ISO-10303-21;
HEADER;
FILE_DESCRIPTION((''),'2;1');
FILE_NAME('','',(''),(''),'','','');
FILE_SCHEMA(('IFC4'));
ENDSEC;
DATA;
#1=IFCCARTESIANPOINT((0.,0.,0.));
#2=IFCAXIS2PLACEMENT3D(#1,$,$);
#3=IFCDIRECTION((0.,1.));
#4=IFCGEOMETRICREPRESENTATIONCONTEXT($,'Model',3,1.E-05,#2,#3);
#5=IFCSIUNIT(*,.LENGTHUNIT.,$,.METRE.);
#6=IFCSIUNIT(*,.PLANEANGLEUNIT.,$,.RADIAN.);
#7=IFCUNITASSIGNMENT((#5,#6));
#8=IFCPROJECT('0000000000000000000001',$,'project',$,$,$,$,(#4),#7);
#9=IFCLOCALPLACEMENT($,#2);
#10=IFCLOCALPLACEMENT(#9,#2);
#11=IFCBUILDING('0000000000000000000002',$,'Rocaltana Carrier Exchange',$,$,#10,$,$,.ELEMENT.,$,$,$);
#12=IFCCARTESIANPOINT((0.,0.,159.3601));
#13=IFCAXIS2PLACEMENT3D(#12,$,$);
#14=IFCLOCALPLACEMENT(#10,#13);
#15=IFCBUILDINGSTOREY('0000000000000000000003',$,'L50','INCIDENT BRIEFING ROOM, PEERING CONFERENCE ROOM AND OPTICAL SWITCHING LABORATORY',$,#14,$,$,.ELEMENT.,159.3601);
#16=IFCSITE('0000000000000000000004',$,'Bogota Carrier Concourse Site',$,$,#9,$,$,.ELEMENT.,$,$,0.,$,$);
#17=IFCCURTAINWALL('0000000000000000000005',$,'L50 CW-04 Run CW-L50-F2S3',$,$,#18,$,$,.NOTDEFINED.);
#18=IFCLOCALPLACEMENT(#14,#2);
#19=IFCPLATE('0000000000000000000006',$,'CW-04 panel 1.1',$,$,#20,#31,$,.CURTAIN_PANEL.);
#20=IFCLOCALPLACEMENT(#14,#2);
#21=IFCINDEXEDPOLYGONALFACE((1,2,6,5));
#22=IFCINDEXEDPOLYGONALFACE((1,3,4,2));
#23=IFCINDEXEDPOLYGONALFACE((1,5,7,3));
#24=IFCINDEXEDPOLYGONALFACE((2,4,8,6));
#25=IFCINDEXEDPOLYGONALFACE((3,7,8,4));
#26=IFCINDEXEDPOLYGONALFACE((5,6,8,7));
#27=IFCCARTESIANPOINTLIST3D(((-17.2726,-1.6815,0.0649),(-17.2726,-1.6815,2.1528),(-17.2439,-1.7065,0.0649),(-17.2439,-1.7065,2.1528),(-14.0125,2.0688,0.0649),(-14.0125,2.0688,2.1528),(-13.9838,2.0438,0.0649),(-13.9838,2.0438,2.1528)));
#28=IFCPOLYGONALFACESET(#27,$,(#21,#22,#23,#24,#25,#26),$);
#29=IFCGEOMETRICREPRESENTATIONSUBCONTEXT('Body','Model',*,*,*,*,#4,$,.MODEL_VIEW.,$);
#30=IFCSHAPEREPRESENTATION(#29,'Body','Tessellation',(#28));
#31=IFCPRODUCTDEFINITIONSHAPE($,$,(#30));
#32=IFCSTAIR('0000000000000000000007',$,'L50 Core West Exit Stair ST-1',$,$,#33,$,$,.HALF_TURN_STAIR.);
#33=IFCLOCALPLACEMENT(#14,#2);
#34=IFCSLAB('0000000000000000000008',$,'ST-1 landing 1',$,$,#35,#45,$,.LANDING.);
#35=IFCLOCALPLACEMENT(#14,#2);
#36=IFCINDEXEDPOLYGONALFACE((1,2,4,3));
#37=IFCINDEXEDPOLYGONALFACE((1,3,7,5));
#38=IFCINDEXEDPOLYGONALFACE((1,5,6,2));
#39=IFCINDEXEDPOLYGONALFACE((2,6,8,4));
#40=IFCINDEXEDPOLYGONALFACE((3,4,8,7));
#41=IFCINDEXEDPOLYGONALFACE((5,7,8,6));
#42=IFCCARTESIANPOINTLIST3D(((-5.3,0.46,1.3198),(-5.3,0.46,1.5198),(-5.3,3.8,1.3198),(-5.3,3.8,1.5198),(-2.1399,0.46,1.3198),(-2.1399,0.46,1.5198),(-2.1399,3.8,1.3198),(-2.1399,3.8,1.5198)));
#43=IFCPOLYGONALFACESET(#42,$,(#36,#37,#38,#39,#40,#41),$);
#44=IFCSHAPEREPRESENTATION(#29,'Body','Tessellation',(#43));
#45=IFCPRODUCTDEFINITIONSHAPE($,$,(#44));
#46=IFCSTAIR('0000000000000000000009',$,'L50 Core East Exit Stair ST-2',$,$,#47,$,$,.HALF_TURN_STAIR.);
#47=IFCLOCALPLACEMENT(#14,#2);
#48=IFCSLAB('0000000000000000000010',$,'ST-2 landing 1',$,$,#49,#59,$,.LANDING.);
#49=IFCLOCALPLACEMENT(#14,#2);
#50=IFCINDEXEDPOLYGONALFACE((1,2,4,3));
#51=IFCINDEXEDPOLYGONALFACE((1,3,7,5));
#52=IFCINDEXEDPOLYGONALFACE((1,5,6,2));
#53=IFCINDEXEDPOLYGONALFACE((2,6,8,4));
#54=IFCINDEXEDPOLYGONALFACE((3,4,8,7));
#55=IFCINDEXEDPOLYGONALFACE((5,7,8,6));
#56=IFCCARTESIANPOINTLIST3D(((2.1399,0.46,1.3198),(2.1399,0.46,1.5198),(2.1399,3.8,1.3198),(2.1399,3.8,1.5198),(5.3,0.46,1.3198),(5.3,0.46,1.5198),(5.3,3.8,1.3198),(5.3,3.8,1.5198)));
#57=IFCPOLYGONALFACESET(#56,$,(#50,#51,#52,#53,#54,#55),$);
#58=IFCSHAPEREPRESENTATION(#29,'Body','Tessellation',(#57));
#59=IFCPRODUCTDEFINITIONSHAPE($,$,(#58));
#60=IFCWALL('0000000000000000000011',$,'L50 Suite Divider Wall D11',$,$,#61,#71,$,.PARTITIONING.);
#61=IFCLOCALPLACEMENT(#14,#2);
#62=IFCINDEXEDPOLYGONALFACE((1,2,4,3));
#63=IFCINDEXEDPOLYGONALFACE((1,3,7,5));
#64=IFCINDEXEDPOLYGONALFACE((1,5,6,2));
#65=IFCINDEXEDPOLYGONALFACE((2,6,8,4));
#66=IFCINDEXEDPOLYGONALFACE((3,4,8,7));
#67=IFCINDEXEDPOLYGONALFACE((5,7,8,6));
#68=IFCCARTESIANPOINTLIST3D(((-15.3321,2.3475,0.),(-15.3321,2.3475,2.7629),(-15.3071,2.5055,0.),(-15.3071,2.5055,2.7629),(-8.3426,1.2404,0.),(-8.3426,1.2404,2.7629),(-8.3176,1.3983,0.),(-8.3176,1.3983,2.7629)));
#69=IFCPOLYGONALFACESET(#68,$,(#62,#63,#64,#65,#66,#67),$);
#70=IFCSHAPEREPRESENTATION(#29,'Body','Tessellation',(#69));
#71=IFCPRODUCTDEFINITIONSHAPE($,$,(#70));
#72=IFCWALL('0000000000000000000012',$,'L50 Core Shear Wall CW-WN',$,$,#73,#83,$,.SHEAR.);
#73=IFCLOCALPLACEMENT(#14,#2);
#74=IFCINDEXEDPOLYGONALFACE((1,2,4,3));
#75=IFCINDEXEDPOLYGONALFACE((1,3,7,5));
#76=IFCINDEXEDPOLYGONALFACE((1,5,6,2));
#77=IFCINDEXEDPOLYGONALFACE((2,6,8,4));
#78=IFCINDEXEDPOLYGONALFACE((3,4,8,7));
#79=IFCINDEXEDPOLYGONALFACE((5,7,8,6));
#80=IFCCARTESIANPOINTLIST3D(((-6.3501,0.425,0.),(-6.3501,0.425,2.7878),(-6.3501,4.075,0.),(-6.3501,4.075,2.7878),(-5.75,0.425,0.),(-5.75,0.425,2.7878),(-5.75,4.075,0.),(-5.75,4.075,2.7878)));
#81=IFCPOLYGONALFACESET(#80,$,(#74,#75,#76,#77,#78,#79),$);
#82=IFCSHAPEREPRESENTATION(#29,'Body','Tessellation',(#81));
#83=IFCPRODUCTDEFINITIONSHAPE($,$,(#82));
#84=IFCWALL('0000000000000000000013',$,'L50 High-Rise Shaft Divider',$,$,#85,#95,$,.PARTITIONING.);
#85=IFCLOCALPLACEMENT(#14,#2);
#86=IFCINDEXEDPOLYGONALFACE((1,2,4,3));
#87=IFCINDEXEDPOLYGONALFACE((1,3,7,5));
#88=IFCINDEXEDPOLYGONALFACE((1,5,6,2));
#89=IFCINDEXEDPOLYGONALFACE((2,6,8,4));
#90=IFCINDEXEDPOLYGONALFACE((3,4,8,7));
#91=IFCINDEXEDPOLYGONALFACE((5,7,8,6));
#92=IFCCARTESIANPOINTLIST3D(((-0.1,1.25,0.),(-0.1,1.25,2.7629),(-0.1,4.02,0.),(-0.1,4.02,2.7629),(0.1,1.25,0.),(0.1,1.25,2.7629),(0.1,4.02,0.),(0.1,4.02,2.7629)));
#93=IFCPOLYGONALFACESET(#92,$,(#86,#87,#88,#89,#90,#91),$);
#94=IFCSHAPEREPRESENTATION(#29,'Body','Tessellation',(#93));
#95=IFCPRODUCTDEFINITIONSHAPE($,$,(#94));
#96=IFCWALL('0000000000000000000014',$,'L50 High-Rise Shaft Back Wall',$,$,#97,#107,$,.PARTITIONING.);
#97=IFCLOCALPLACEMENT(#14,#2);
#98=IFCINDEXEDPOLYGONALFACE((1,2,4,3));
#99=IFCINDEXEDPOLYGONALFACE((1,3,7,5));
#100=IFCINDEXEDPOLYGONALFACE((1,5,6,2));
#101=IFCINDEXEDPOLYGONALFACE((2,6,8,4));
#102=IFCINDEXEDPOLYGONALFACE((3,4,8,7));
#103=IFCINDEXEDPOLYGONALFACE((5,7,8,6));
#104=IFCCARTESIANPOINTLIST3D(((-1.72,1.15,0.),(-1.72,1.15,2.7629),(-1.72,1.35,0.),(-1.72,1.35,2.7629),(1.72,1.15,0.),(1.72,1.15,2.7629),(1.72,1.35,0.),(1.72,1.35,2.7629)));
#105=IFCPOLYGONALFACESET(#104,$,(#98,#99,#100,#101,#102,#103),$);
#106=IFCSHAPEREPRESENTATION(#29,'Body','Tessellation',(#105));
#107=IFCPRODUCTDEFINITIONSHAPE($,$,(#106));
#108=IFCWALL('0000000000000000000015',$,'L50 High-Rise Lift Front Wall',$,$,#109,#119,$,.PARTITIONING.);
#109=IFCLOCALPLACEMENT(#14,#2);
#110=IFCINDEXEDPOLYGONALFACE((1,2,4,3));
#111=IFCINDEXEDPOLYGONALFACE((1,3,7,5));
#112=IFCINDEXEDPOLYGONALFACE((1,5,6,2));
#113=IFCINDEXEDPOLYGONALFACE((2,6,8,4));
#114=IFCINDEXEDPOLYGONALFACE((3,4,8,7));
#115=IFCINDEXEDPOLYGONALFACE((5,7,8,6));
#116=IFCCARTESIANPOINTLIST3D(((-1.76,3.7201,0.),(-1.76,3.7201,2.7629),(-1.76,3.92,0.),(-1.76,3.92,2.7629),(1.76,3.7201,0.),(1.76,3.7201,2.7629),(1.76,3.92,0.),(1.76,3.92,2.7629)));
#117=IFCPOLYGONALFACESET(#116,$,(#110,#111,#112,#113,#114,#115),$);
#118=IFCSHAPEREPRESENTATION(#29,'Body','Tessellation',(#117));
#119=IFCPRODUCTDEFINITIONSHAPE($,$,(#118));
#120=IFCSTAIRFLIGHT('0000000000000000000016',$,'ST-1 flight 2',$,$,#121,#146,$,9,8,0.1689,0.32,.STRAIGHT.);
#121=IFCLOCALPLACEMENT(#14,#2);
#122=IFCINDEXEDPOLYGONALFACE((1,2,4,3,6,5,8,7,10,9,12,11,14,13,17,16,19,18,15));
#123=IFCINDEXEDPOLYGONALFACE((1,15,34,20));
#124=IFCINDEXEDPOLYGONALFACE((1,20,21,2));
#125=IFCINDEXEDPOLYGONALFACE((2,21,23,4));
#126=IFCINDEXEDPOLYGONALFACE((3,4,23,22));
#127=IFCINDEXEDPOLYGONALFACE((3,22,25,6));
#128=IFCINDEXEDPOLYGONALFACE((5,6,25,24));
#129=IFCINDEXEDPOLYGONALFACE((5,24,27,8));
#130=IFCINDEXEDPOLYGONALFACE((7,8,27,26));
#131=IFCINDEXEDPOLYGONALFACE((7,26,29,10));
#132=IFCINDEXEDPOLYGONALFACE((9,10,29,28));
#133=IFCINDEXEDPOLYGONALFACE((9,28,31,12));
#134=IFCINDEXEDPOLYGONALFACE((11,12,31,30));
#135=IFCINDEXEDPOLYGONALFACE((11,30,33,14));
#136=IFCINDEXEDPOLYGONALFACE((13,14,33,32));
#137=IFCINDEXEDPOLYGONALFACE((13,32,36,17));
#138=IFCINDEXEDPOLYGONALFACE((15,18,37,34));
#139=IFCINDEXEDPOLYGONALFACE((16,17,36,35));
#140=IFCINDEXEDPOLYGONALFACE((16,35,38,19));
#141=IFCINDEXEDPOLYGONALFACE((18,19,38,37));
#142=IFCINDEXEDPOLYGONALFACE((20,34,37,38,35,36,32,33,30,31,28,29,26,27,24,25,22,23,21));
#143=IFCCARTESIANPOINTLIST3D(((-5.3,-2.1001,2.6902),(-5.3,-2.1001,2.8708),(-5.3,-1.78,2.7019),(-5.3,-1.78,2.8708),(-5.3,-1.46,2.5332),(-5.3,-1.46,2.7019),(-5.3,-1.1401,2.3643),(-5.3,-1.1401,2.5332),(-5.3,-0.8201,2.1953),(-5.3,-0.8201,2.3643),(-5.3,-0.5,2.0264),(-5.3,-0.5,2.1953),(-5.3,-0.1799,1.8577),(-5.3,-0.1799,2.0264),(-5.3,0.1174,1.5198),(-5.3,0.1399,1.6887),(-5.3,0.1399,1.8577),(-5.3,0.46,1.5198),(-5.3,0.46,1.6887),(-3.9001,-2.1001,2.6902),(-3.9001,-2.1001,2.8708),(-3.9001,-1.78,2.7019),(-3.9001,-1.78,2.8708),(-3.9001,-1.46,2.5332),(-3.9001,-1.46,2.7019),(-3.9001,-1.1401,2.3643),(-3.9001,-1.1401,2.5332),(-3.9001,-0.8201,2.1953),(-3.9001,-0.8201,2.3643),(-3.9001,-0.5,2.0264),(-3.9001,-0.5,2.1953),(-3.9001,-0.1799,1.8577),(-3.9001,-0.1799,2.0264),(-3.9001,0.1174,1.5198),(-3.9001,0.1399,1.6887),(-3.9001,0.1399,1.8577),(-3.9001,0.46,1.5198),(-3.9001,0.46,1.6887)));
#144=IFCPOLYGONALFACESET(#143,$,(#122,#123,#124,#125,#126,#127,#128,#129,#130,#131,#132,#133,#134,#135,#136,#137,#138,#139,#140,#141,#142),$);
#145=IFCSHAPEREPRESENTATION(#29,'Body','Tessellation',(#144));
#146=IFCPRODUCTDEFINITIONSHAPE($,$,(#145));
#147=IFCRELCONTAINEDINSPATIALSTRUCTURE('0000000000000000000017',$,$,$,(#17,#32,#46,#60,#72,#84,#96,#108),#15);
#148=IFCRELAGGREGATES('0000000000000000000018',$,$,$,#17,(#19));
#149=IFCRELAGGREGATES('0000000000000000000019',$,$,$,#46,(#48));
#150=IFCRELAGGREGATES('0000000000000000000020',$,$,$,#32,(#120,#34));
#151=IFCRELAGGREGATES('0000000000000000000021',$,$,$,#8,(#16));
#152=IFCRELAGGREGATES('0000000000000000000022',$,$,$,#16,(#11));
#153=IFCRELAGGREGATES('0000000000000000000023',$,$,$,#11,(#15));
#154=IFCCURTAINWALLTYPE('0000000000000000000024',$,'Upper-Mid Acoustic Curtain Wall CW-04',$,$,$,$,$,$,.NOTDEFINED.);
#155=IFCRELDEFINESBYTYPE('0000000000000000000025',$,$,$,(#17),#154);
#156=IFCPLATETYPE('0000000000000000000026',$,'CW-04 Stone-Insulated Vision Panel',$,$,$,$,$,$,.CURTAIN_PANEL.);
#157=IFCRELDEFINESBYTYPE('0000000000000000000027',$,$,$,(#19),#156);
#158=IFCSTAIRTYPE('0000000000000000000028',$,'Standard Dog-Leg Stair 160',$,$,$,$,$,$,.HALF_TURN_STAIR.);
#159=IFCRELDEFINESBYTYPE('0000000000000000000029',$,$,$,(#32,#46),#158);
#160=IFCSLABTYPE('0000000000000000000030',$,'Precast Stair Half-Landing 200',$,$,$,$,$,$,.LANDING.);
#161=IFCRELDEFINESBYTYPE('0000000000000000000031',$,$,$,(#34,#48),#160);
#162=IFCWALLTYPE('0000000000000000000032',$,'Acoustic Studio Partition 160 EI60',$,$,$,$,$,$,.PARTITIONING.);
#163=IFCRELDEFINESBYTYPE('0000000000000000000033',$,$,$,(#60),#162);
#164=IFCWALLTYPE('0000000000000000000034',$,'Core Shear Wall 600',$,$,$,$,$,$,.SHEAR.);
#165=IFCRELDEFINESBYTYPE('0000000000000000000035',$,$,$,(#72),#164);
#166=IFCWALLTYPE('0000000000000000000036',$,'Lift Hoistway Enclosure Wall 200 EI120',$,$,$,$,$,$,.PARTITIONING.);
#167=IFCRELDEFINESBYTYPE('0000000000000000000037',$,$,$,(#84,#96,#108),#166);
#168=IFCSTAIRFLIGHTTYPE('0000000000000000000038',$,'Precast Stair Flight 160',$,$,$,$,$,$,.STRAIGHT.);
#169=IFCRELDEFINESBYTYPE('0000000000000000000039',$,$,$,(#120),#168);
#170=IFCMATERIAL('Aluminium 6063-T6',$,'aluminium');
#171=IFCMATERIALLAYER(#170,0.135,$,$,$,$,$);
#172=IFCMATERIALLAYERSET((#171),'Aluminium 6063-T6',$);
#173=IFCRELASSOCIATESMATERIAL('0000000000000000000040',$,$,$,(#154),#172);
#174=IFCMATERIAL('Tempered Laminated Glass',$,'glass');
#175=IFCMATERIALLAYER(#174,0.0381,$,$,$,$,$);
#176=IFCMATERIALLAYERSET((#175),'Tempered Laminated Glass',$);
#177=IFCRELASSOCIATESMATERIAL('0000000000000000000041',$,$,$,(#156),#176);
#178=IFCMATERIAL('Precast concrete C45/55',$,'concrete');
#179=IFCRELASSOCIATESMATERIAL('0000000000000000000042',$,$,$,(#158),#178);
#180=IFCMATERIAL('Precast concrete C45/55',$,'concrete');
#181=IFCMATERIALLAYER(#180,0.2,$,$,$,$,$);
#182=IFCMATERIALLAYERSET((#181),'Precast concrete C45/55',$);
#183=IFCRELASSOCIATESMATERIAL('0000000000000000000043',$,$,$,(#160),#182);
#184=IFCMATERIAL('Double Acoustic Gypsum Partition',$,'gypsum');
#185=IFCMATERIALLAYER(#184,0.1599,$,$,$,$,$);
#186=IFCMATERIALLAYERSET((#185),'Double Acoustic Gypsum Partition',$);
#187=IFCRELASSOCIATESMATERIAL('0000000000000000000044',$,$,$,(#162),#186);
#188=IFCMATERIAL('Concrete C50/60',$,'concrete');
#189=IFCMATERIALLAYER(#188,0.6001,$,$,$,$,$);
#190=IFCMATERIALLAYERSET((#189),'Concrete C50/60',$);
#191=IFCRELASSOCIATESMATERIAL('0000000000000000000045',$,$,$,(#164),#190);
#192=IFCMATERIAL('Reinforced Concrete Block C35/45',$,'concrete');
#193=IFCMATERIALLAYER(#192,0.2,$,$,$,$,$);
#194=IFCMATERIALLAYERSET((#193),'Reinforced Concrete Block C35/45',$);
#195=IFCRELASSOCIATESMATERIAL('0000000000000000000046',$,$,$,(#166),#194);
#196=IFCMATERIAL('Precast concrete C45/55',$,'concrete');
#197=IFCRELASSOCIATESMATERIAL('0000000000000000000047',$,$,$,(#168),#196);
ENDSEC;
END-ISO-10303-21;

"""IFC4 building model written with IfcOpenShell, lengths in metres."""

from ifc_helpers import new_model, si_unit, direction, frame, frame_2d, origin, origin_2d, place, context, subcontext, project, spatial, polyline, rectangle, outline, extrude, material, layer, layer_set, type_object, element, aggregate, save


model = new_model("IFC4")

# Units and contexts
model_context = context("Model", 3, precision=1e-05, world=origin(), true_north=direction((0.0, 1.0)))
body_context = subcontext(model_context, "Body", "Model", "MODEL_VIEW")
ifc_project = project(units=[si_unit("LENGTHUNIT", "METRE"), si_unit("PLANEANGLEUNIT", "RADIAN")], contexts=[model_context])

# Site, building, storey
site_placement = place(None, origin())
site = spatial("IfcSite", under=ifc_project, at=site_placement, Name="Bogota Carrier Concourse Site", CompositionType="ELEMENT", RefElevation=0.0)
building_placement = place(site_placement, origin())
building = spatial("IfcBuilding", under=site, at=building_placement, Name="Rocaltana Carrier Exchange", CompositionType="ELEMENT")
storey_placement = place(building_placement, frame((0.0, 0.0, 159.3601)))
storey = spatial("IfcBuildingStorey", under=building, at=storey_placement, Name="L50", Description="INCIDENT BRIEFING ROOM, PEERING CONFERENCE ROOM AND OPTICAL SWITCHING LABORATORY", CompositionType="ELEMENT", Elevation=159.3601)

# Curtain wall
ifc_material_1 = material(Name="Aluminium 6063-T6", Category="aluminium")
ifc_layer_1 = layer(ifc_material_1, 0.135)
ifc_layer_set_1 = layer_set([ifc_layer_1], Name="Aluminium 6063-T6")
curtain_wall_type = type_object("IfcCurtainWallType", Name="Upper-Mid Acoustic Curtain Wall CW-04", PredefinedType="NOTDEFINED", material=ifc_layer_set_1)
curtain_wall_placement = place(storey_placement, origin())
curtain_wall = element("IfcCurtainWall", 1, at=curtain_wall_placement, inside=storey, type_object=curtain_wall_type, Name="L50 CW-04 Run CW-L50-F2S3", PredefinedType="NOTDEFINED")

# Plate
ifc_material_2 = material(Name="Tempered Laminated Glass", Category="glass")
ifc_layer_2 = layer(ifc_material_2, 0.0381)
ifc_layer_set_2 = layer_set([ifc_layer_2], Name="Tempered Laminated Glass")
plate_type = type_object("IfcPlateType", Name="CW-04 Stone-Insulated Vision Panel", PredefinedType="CURTAIN_PANEL", material=ifc_layer_set_2)
plate_placement = place(storey_placement, frame((-15.6282, 0.1812, 0.0649), z_axis=(0.0, 0.0, 1.0), x_axis=(-0.656057, -0.754712, 0.0)))
plate = element("IfcPlate", 2, at=plate_placement, type_object=plate_type, Name="CW-04 panel 1.1", PredefinedType="CURTAIN_PANEL", context=body_context, shape_type="SweptSolid", body=[
    extrude(rectangle(XDim=4.9692, YDim=0.0381, at=origin_2d()), origin(), (0.0, 0.0, 1.0), 2.0879),
])
aggregate(curtain_wall, [plate])

# Stairs, slabs
ifc_material_3 = material(Name="Precast concrete C45/55", Category="concrete")
stair_type = type_object("IfcStairType", Name="Standard Dog-Leg Stair 160", PredefinedType="HALF_TURN_STAIR", material=ifc_material_3)
stair_1_placement = place(storey_placement, origin())
stair_1 = element("IfcStair", 3, at=stair_1_placement, inside=storey, type_object=stair_type, Name="L50 Core West Exit Stair ST-1", PredefinedType="HALF_TURN_STAIR")
ifc_material_4 = material(Name="Precast concrete C45/55", Category="concrete")
ifc_layer_3 = layer(ifc_material_4, 0.2)
ifc_layer_set_3 = layer_set([ifc_layer_3], Name="Precast concrete C45/55")
slab_type = type_object("IfcSlabType", Name="Precast Stair Half-Landing 200", PredefinedType="LANDING", material=ifc_layer_set_3)
slab_1_placement = place(storey_placement, frame((0.0, 0.0, 1.3198)))
slab_1 = element("IfcSlab", 4, at=slab_1_placement, type_object=slab_type, Name="ST-1 landing 1", PredefinedType="LANDING", context=body_context, shape_type="SweptSolid", body=[
    extrude(outline(polyline([(-2.1399, 0.46), (-2.1399, 3.8), (-5.3, 3.8), (-5.3, 0.46), (-2.1399, 0.46)])), origin(), (0.0, 0.0, 1.0), 0.2),
])
stair_2_placement = place(storey_placement, origin())
stair_2 = element("IfcStair", 5, at=stair_2_placement, inside=storey, type_object=stair_type, Name="L50 Core East Exit Stair ST-2", PredefinedType="HALF_TURN_STAIR")
slab_2_placement = place(storey_placement, frame((0.0, 0.0, 1.3198)))
slab_2 = element("IfcSlab", 6, at=slab_2_placement, type_object=slab_type, Name="ST-2 landing 1", PredefinedType="LANDING", context=body_context, shape_type="SweptSolid", body=[
    extrude(outline(polyline([(5.3, 0.46), (5.3, 3.8), (2.1399, 3.8), (2.1399, 0.46), (5.3, 0.46)])), origin(), (0.0, 0.0, 1.0), 0.2),
])
aggregate(stair_2, [slab_2])

# Walls
ifc_material_5 = material(Name="Double Acoustic Gypsum Partition", Category="gypsum")
ifc_layer_4 = layer(ifc_material_5, 0.1599)
ifc_layer_set_4 = layer_set([ifc_layer_4], Name="Double Acoustic Gypsum Partition")
wall_type_1 = type_object("IfcWallType", Name="Acoustic Studio Partition 160 EI60", PredefinedType="PARTITIONING", material=ifc_layer_set_4)
wall_1_placement = place(storey_placement, frame((-8.3301, 1.3193, 0.0), z_axis=(0.0, 0.0, 1.0), x_axis=(-0.987685, 0.156455, 0.0)))
element("IfcWall", 7, at=wall_1_placement, inside=storey, type_object=wall_type_1, Name="L50 Suite Divider Wall D11", PredefinedType="PARTITIONING", context=body_context, shape_type="SweptSolid", body=[
    extrude(rectangle(XDim=7.0767, YDim=0.1599, at=frame_2d((3.5383, 0.0))), origin(), (0.0, 0.0, 1.0), 2.7629),
])
ifc_material_6 = material(Name="Concrete C50/60", Category="concrete")
ifc_layer_5 = layer(ifc_material_6, 0.6001)
ifc_layer_set_5 = layer_set([ifc_layer_5], Name="Concrete C50/60")
wall_type_2 = type_object("IfcWallType", Name="Core Shear Wall 600", PredefinedType="SHEAR", material=ifc_layer_set_5)
wall_2_placement = place(storey_placement, frame((-6.05, 0.425, 0.0), z_axis=(0.0, 0.0, 1.0), x_axis=(0.0, 1.0, 0.0)))
element("IfcWall", 8, at=wall_2_placement, inside=storey, type_object=wall_type_2, Name="L50 Core Shear Wall CW-WN", PredefinedType="SHEAR", context=body_context, shape_type="SweptSolid", body=[
    extrude(rectangle(XDim=3.6499, YDim=0.6001, at=frame_2d((1.825, 0.0))), origin(), (0.0, 0.0, 1.0), 2.7878),
])
ifc_material_7 = material(Name="Reinforced Concrete Block C35/45", Category="concrete")
ifc_layer_6 = layer(ifc_material_7, 0.2)
ifc_layer_set_6 = layer_set([ifc_layer_6], Name="Reinforced Concrete Block C35/45")
wall_type_3 = type_object("IfcWallType", Name="Lift Hoistway Enclosure Wall 200 EI120", PredefinedType="PARTITIONING", material=ifc_layer_set_6)
wall_3_placement = place(storey_placement, frame((0.0, 1.25, 0.0), z_axis=(0.0, 0.0, 1.0), x_axis=(0.0, 1.0, 0.0)))
element("IfcWall", 9, at=wall_3_placement, inside=storey, type_object=wall_type_3, Name="L50 High-Rise Shaft Divider", PredefinedType="PARTITIONING", context=body_context, shape_type="SweptSolid", body=[
    extrude(rectangle(XDim=2.77, YDim=0.2, at=frame_2d((1.385, 0.0))), origin(), (0.0, 0.0, 1.0), 2.7629),
])
wall_4_placement = place(storey_placement, frame((-1.72, 1.25, 0.0), z_axis=(0.0, 0.0, 1.0), x_axis=(1.0, 0.0, 0.0)))
element("IfcWall", 10, at=wall_4_placement, inside=storey, type_object=wall_type_3, Name="L50 High-Rise Shaft Back Wall", PredefinedType="PARTITIONING", context=body_context, shape_type="SweptSolid", body=[
    extrude(rectangle(XDim=3.4399, YDim=0.2, at=frame_2d((1.72, 0.0))), origin(), (0.0, 0.0, 1.0), 2.7629),
])
wall_5_placement = place(storey_placement, frame((-1.76, 3.8201, 0.0), z_axis=(0.0, 0.0, 1.0), x_axis=(1.0, 0.0, 0.0)))
element("IfcWall", 11, at=wall_5_placement, inside=storey, type_object=wall_type_3, Name="L50 High-Rise Lift Front Wall", PredefinedType="PARTITIONING", context=body_context, shape_type="SweptSolid", body=[
    extrude(rectangle(XDim=3.52, YDim=0.2, at=frame_2d((1.76, 0.0))), origin(), (0.0, 0.0, 1.0), 2.7629),
])

# Stair flight
ifc_material_8 = material(Name="Precast concrete C45/55", Category="concrete")
stair_flight_type = type_object("IfcStairFlightType", Name="Precast Stair Flight 160", PredefinedType="STRAIGHT", material=ifc_material_8)
stair_flight_placement = place(storey_placement, frame((-4.6001, 0.46, 1.5198), z_axis=(0.0, 0.0, 1.0), x_axis=(0.0, -1.0, 0.0)))
stair_flight = element("IfcStairFlight", 12, at=stair_flight_placement, type_object=stair_flight_type, Name="ST-1 flight 2", NumberOfRisers=9, NumberOfTreads=8, PredefinedType="STRAIGHT", RiserHeight=0.1689, TreadLength=0.32, context=body_context, shape_type="SweptSolid", body=[
    extrude(outline(polyline([(0.0, 0.0), (0.0, 0.1689), (0.3201, 0.1689), (0.3201, 0.3379), (0.6399, 0.3379), (0.6399, 0.5066), (0.96, 0.5066), (0.96, 0.6755), (1.28, 0.6755), (1.28, 0.8445), (1.6001, 0.8445), (1.6001, 1.0134), (1.9199, 1.0134), (1.9199, 1.1821), (2.24, 1.1821), (2.24, 1.3511), (2.5601, 1.3511), (2.5601, 1.52), (2.5601, 1.1704), (0.3425, 0.0), (0.0, 0.0)])), frame((0.0, 0.7, 0.0), z_axis=(0.0, -1.0, 0.0), x_axis=(1.0, 0.0, 0.0)), (0.0, 0.0, 1.0), 1.3999),
])
aggregate(stair_1, [stair_flight, slab_1])

save(model, "model.ifc")
